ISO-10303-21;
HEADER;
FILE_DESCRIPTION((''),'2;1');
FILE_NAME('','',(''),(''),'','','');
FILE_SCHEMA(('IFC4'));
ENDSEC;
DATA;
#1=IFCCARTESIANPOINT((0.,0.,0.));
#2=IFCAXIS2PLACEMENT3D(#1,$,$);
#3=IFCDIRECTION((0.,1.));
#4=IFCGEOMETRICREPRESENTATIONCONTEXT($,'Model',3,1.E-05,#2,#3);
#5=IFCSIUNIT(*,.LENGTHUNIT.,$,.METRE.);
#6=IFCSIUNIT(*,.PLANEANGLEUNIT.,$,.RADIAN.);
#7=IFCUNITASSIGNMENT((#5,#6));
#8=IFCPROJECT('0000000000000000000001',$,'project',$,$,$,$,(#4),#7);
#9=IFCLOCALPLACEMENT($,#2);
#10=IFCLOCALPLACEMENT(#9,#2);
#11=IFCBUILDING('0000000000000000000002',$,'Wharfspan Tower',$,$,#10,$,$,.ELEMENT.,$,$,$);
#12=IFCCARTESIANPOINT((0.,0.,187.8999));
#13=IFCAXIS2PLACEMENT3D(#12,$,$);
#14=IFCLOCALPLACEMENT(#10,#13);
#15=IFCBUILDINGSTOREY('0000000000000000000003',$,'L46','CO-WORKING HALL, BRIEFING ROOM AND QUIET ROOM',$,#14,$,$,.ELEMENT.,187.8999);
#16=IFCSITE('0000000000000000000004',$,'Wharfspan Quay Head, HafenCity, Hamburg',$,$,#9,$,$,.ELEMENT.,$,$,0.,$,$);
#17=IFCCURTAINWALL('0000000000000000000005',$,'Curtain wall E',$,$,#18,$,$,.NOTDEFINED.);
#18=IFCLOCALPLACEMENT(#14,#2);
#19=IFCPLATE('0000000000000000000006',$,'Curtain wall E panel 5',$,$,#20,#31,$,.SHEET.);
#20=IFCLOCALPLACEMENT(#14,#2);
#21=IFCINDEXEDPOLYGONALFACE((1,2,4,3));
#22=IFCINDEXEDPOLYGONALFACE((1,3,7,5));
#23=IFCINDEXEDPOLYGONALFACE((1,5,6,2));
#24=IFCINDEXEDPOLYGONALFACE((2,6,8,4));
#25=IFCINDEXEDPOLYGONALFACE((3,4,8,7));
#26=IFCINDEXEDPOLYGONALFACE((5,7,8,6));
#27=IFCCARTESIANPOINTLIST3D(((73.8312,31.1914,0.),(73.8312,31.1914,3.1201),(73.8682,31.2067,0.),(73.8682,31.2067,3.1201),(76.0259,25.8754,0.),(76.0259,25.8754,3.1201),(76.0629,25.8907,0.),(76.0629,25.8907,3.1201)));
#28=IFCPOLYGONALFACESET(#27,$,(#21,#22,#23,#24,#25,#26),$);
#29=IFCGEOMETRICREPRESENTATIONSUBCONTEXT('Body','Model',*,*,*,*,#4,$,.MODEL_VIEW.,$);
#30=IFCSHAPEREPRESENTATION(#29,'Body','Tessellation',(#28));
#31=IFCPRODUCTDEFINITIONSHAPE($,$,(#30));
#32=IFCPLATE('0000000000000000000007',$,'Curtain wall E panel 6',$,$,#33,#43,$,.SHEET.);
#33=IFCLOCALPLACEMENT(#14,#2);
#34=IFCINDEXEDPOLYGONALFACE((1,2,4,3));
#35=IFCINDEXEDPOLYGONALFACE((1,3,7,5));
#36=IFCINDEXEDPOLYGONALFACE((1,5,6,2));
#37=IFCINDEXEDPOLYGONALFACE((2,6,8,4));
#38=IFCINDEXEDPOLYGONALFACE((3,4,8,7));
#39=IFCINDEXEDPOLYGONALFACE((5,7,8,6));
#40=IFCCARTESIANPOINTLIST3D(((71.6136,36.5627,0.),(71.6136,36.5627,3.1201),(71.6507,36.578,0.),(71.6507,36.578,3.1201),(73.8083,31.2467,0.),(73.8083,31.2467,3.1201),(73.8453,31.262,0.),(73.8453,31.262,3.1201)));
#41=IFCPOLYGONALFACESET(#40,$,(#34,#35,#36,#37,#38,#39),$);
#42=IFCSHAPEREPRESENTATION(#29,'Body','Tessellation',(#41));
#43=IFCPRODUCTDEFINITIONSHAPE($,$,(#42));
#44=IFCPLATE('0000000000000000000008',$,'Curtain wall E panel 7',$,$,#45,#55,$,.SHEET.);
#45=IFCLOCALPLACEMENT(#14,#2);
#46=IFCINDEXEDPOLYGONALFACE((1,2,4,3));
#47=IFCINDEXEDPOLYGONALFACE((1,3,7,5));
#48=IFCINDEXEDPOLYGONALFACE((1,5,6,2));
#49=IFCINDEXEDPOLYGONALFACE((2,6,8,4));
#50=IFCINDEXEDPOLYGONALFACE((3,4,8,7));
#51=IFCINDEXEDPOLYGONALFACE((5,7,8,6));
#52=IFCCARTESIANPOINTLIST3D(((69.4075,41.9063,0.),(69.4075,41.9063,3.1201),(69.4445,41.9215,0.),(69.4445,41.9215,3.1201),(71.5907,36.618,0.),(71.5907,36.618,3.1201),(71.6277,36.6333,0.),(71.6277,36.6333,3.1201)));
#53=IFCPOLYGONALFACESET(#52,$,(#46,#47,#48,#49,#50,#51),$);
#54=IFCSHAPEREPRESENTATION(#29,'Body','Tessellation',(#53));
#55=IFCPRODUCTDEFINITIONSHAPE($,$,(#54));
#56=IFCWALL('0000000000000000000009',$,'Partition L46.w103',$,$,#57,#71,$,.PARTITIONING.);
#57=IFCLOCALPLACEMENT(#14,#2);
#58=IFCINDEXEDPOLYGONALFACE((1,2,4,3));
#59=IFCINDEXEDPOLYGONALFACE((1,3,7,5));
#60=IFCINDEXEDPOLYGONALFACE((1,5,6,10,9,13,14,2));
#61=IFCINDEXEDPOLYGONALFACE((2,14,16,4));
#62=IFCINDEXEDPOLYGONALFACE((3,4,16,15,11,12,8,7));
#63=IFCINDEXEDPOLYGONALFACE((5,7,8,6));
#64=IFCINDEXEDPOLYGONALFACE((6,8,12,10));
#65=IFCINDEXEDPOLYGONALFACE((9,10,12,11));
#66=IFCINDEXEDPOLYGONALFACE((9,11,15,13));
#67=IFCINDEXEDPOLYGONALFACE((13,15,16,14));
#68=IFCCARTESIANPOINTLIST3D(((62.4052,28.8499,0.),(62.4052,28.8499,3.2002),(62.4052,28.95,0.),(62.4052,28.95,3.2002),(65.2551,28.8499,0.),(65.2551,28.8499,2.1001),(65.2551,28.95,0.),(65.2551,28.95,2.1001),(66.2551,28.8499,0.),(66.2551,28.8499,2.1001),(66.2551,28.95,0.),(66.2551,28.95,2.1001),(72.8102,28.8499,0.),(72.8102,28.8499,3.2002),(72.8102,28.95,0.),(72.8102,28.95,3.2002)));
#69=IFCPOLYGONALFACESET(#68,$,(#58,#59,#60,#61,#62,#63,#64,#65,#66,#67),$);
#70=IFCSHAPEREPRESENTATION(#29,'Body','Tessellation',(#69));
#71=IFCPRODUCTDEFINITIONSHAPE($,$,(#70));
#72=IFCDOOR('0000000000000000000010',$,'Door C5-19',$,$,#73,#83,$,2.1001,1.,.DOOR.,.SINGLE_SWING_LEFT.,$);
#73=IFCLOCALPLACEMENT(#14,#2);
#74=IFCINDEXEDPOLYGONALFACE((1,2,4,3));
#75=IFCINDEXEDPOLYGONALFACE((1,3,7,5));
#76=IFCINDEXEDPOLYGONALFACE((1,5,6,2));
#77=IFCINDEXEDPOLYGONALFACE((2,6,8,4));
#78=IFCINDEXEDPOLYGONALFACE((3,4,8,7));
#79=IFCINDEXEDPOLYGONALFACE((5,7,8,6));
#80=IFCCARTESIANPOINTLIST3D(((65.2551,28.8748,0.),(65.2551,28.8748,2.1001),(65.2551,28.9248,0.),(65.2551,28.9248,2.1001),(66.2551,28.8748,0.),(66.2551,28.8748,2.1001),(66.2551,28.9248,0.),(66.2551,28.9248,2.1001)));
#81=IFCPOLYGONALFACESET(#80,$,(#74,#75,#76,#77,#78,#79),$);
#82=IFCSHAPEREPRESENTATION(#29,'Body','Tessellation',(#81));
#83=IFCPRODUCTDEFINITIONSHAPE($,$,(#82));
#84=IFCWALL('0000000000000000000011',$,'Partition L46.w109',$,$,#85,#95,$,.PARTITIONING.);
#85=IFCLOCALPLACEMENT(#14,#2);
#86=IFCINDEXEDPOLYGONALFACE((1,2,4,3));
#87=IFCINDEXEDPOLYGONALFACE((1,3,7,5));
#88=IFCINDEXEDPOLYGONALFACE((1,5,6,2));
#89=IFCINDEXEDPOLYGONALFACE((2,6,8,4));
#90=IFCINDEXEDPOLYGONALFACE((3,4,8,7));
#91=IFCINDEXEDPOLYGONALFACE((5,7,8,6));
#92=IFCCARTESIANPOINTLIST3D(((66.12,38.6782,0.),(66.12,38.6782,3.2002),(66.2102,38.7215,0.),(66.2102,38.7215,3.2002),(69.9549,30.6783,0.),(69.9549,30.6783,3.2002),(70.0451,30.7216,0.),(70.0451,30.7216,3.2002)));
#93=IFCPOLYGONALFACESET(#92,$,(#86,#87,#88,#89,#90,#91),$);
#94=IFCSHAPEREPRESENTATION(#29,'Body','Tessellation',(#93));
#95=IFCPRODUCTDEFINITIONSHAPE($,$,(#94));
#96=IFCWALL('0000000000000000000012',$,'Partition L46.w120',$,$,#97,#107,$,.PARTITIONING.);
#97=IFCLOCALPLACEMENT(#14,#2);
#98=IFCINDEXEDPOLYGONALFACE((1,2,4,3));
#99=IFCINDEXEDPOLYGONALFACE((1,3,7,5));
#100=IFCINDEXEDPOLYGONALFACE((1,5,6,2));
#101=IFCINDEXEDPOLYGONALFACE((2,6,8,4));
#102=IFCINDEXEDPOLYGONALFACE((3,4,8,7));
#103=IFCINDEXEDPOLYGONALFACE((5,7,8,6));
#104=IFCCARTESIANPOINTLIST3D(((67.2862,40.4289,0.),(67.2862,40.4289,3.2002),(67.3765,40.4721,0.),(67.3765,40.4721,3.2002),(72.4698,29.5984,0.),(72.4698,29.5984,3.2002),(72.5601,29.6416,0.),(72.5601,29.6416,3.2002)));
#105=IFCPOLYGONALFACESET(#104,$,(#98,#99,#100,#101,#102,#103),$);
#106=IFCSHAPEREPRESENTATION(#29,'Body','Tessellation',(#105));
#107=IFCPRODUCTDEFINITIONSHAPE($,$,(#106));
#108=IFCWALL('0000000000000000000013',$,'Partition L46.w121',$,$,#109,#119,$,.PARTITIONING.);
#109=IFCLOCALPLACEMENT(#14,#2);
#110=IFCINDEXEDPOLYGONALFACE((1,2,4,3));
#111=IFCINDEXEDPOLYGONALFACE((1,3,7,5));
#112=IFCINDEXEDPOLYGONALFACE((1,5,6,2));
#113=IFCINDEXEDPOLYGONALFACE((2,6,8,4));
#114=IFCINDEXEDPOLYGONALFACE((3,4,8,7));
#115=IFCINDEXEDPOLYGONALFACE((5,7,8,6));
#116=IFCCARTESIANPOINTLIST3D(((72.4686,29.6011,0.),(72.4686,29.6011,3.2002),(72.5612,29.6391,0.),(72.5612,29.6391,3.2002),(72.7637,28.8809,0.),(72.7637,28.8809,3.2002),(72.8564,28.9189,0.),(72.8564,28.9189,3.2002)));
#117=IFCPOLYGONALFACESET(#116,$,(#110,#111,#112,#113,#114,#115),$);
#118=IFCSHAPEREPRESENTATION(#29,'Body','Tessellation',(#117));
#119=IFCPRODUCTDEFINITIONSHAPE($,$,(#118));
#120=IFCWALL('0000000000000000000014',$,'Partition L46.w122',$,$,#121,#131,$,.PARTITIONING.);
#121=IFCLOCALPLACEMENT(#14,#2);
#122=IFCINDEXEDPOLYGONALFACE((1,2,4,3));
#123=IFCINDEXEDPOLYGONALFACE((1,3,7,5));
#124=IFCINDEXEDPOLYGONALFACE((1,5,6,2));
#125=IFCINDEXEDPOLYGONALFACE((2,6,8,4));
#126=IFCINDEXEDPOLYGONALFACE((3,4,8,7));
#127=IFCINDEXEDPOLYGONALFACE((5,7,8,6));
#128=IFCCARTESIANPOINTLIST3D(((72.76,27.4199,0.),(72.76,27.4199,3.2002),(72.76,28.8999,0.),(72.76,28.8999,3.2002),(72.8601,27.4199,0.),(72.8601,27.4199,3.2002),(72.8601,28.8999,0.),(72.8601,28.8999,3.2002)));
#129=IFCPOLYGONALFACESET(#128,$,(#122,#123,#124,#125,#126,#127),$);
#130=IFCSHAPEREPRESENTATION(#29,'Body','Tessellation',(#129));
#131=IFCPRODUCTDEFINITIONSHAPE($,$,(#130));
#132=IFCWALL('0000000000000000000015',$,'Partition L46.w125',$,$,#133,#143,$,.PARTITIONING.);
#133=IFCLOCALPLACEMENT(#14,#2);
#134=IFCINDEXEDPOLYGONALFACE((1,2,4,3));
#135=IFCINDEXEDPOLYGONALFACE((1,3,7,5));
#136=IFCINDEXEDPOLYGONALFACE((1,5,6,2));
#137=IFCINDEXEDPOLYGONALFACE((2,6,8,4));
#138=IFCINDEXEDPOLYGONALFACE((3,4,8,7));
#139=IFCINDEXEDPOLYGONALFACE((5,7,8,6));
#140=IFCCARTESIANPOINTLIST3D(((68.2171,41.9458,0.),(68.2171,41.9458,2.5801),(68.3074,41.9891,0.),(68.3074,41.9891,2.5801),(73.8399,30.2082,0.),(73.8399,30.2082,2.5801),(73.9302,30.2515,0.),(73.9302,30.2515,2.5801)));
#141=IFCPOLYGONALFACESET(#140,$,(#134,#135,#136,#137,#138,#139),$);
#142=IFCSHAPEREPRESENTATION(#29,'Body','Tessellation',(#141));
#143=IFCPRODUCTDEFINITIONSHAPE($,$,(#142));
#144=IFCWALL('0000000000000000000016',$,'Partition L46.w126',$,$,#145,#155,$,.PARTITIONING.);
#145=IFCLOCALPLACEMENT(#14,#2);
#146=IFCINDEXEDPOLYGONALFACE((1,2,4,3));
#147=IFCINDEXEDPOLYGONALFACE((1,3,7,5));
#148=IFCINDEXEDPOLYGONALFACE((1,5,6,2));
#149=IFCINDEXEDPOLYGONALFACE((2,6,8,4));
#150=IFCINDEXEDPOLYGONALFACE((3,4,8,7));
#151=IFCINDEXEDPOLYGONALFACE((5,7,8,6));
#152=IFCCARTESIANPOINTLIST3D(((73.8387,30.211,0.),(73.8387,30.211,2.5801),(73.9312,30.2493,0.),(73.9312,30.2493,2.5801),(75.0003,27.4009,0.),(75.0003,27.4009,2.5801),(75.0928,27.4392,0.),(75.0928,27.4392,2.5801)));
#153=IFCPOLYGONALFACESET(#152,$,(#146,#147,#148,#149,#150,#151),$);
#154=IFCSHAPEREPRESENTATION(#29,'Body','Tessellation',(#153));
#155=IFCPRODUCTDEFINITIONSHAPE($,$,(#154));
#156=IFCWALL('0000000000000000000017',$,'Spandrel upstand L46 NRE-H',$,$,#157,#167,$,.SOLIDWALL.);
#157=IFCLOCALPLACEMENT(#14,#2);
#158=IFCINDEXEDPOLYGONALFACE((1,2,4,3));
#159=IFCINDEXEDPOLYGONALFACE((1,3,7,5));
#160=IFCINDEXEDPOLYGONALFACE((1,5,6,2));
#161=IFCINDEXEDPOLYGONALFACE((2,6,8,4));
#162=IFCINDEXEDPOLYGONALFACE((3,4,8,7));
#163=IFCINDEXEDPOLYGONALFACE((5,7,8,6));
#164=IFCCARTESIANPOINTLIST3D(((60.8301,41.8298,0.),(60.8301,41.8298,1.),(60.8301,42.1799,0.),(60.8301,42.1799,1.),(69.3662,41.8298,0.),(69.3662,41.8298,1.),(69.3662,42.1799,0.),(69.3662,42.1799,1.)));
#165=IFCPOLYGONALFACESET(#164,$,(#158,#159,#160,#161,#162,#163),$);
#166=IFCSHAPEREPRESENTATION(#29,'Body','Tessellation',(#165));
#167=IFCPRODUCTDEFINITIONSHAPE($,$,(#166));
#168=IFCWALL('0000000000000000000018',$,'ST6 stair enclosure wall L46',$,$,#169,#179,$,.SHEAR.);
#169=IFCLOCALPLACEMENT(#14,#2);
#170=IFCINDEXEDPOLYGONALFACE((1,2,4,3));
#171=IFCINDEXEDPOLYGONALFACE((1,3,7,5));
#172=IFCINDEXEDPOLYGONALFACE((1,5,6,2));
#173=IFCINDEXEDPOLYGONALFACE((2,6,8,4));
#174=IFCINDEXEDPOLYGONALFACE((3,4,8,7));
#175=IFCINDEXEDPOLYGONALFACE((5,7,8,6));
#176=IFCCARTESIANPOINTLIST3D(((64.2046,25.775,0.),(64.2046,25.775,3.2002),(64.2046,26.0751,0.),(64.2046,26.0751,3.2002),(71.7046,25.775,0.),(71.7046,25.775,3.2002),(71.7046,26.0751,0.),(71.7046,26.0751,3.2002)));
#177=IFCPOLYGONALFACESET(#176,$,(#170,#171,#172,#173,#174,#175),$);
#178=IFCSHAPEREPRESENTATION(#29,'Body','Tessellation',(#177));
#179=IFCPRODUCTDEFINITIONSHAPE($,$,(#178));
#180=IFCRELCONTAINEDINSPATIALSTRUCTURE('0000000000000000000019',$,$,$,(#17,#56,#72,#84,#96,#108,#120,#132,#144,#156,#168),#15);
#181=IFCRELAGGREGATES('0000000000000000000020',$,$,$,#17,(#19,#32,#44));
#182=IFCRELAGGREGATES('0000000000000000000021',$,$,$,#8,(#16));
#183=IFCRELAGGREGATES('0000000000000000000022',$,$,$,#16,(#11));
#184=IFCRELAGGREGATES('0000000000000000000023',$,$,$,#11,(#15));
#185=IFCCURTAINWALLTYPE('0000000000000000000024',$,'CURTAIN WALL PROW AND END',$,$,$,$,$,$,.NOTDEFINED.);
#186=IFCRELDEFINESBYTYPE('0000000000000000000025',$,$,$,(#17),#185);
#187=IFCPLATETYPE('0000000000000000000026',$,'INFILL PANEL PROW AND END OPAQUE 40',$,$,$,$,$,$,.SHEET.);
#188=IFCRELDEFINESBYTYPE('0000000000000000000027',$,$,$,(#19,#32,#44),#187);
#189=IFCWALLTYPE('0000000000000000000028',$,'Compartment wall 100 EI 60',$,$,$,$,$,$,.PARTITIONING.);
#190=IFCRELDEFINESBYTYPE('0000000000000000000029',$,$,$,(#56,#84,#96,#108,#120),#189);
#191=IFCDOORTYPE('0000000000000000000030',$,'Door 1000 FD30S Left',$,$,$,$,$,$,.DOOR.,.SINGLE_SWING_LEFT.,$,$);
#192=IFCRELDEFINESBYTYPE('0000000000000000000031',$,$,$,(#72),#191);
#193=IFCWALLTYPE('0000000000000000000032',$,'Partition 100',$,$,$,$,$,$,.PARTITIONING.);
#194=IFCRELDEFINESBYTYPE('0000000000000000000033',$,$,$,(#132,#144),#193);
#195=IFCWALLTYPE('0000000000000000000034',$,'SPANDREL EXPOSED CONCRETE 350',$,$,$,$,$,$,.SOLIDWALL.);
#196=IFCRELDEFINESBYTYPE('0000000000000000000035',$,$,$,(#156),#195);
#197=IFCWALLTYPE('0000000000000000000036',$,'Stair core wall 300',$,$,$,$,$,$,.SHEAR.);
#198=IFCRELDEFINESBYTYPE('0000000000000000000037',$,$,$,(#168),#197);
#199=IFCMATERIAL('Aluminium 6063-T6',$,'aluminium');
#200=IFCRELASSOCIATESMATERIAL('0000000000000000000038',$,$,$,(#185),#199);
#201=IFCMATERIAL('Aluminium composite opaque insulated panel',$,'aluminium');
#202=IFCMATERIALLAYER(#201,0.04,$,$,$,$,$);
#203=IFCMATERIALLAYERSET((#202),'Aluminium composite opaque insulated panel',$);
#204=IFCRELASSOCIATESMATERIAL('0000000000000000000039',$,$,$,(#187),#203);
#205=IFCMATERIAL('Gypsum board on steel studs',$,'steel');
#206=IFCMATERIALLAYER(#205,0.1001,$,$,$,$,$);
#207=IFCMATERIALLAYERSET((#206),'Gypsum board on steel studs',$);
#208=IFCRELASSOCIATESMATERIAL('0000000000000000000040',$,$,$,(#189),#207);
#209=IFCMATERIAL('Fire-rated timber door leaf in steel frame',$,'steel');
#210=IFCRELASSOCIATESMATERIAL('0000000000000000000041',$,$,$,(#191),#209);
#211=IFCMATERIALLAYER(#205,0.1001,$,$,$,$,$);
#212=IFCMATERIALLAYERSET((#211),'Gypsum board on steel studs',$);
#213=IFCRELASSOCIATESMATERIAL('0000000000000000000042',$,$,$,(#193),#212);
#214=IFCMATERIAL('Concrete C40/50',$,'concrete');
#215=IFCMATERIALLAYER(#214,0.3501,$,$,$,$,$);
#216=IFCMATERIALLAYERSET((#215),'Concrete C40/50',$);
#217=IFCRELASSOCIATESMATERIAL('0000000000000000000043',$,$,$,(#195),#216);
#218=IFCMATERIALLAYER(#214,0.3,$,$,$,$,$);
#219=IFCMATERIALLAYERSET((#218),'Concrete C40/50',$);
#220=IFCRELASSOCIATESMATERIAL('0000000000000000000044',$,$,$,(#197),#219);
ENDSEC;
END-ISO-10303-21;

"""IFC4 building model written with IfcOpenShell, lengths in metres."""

from ifc_helpers import new_model, si_unit, direction, frame, frame_2d, origin, origin_2d, place, context, subcontext, project, spatial, rectangle, extrude, material, layer, layer_set, type_object, element, fill, aggregate, save


model = new_model("IFC4")

# Units and contexts
model_context = context("Model", 3, precision=1e-05, world=origin(), true_north=direction((0.0, 1.0)))
body_context = subcontext(model_context, "Body", "Model", "MODEL_VIEW")
ifc_project = project(units=[si_unit("LENGTHUNIT", "METRE"), si_unit("PLANEANGLEUNIT", "RADIAN")], contexts=[model_context])

# Site, building, storey
site_placement = place(None, origin())
site = spatial("IfcSite", under=ifc_project, at=site_placement, Name="Wharfspan Quay Head, HafenCity, Hamburg", CompositionType="ELEMENT", RefElevation=0.0)
building_placement = place(site_placement, origin())
building = spatial("IfcBuilding", under=site, at=building_placement, Name="Wharfspan Tower", CompositionType="ELEMENT")
storey_placement = place(building_placement, frame((0.0, 0.0, 187.8999)))
storey = spatial("IfcBuildingStorey", under=building, at=storey_placement, Name="L46", Description="CO-WORKING HALL, BRIEFING ROOM AND QUIET ROOM", CompositionType="ELEMENT", Elevation=187.8999)

# Curtain wall
ifc_material_1 = material(Name="Aluminium 6063-T6", Category="aluminium")
curtain_wall_type = type_object("IfcCurtainWallType", Name="CURTAIN WALL PROW AND END", PredefinedType="NOTDEFINED", material=ifc_material_1)
curtain_wall_1_placement = place(storey_placement, origin())
curtain_wall_1 = element("IfcCurtainWall", 1, at=curtain_wall_1_placement, inside=storey, type_object=curtain_wall_type, Name="Curtain wall E", PredefinedType="NOTDEFINED")

# Plates
ifc_material_2 = material(Name="Aluminium composite opaque insulated panel", Category="aluminium")
ifc_layer_1 = layer(ifc_material_2, 0.04)
ifc_layer_set_1 = layer_set([ifc_layer_1], Name="Aluminium composite opaque insulated panel")
plate_type_1 = type_object("IfcPlateType", Name="INFILL PANEL PROW AND END OPAQUE 40", PredefinedType="SHEET", material=ifc_layer_set_1)
plate_1_placement = place(storey_placement, frame((74.947, 28.541, 0.0), z_axis=(0.0, 0.0, 1.0), x_axis=(-0.381602, 0.924325, 0.0)))
plate_1 = element("IfcPlate", 2, at=plate_1_placement, type_object=plate_type_1, Name="Curtain wall E panel 5", PredefinedType="SHEET", context=body_context, shape_type="SweptSolid", body=[
    extrude(rectangle(XDim=5.7512, YDim=0.04, at=origin_2d()), origin(), (0.0, 0.0, 1.0), 3.1201),
])
plate_2_placement = place(storey_placement, frame((72.7295, 33.9124, 0.0), z_axis=(0.0, 0.0, 1.0), x_axis=(-0.381602, 0.924325, 0.0)))
plate_2 = element("IfcPlate", 3, at=plate_2_placement, type_object=plate_type_1, Name="Curtain wall E panel 6", PredefinedType="SHEET", context=body_context, shape_type="SweptSolid", body=[
    extrude(rectangle(XDim=5.7512, YDim=0.04, at=origin_2d()), origin(), (0.0, 0.0, 1.0), 3.1201),
])
plate_3_placement = place(storey_placement, frame((70.5176, 39.2698, 0.0), z_axis=(0.0, 0.0, 1.0), x_axis=(-0.381602, 0.924325, 0.0)))
plate_3 = element("IfcPlate", 4, at=plate_3_placement, type_object=plate_type_1, Name="Curtain wall E panel 7", PredefinedType="SHEET", context=body_context, shape_type="SweptSolid", body=[
    extrude(rectangle(XDim=5.7212, YDim=0.04, at=origin_2d()), origin(), (0.0, 0.0, 1.0), 3.1201),
])
aggregate(curtain_wall_1, [plate_1, plate_2, plate_3])

# Wall, opening, door
ifc_material_3 = material(Name="Gypsum board on steel studs", Category="steel")
ifc_layer_2 = layer(ifc_material_3, 0.1001)
ifc_layer_set_2 = layer_set([ifc_layer_2], Name="Gypsum board on steel studs")
wall_type_1 = type_object("IfcWallType", Name="Compartment wall 100 EI 60", PredefinedType="PARTITIONING", material=ifc_layer_set_2)
wall_1_placement = place(storey_placement, frame((62.405, 28.8999, 0.0), z_axis=(0.0, 0.0, 1.0), x_axis=(1.0, 0.0, 0.0)))
wall_1 = element("IfcWall", 5, at=wall_1_placement, inside=storey, type_object=wall_type_1, Name="Partition L46.w103", PredefinedType="PARTITIONING", context=body_context, shape_type="SweptSolid", body=[
    extrude(rectangle(XDim=10.405, YDim=0.1001, at=frame_2d((5.2026, 0.0))), origin(), (0.0, 0.0, 1.0), 3.2002),
])
opening_placement = place(wall_1_placement, frame((2.8501, 0.0, 0.0)))
opening = element("IfcOpeningElement", 6, at=opening_placement, cuts=wall_1, PredefinedType="OPENING", context=body_context, shape_type="SweptSolid", body=[
    extrude(rectangle(XDim=1.0, YDim=2.1001, at=frame_2d((0.5, 1.05))), frame((0.0, 0.0601, 0.0), z_axis=(0.0, -1.0, 0.0), x_axis=(1.0, 0.0, 0.0)), (0.0, 0.0, 1.0), 0.1201),
])
ifc_material_4 = material(Name="Fire-rated timber door leaf in steel frame", Category="steel")
door_type = type_object("IfcDoorType", Name="Door 1000 FD30S Left", OperationType="SINGLE_SWING_LEFT", PredefinedType="DOOR", material=ifc_material_4)
door_placement = place(opening_placement, origin())
door = element("IfcDoor", 7, at=door_placement, inside=storey, type_object=door_type, Name="Door C5-19", OperationType="SINGLE_SWING_LEFT", OverallHeight=2.1001, OverallWidth=1.0, PredefinedType="DOOR", context=body_context, shape_type="SweptSolid", body=[
    extrude(rectangle(XDim=1.0, YDim=2.1001, at=frame_2d((0.5, 1.05))), frame((0.0, 0.0249, 0.0), z_axis=(0.0, -1.0, 0.0), x_axis=(1.0, 0.0, 0.0)), (0.0, 0.0, 1.0), 0.05),
])
fill(opening, door)

# Walls
wall_2_placement = place(storey_placement, frame((70.0, 30.7, 0.0), z_axis=(0.0, 0.0, 1.0), x_axis=(-0.432271, 0.901748, 0.0)))
element("IfcWall", 8, at=wall_2_placement, inside=storey, type_object=wall_type_1, Name="Partition L46.w109", PredefinedType="PARTITIONING", context=body_context, shape_type="SweptSolid", body=[
    extrude(rectangle(XDim=8.8716, YDim=0.1001, at=frame_2d((4.4358, 0.0))), origin(), (0.0, 0.0, 1.0), 3.2002),
])
wall_3_placement = place(storey_placement, frame((72.5149, 29.6201, 0.0), z_axis=(0.0, 0.0, 1.0), x_axis=(-0.43171, 0.902012, 0.0)))
element("IfcWall", 9, at=wall_3_placement, inside=storey, type_object=wall_type_1, Name="Partition L46.w120", PredefinedType="PARTITIONING", context=body_context, shape_type="SweptSolid", body=[
    extrude(rectangle(XDim=12.0071, YDim=0.1001, at=frame_2d((6.0034, 0.0))), origin(), (0.0, 0.0, 1.0), 3.2002),
])
wall_4_placement = place(storey_placement, frame((72.8101, 28.8999, 0.0), z_axis=(0.0, 0.0, 1.0), x_axis=(-0.379219, 0.925307, 0.0)))
element("IfcWall", 10, at=wall_4_placement, inside=storey, type_object=wall_type_1, Name="Partition L46.w121", PredefinedType="PARTITIONING", context=body_context, shape_type="SweptSolid", body=[
    extrude(rectangle(XDim=0.7783, YDim=0.1001, at=frame_2d((0.3892, 0.0))), origin(), (0.0, 0.0, 1.0), 3.2002),
])
wall_5_placement = place(storey_placement, frame((72.8101, 27.4199, 0.0), z_axis=(0.0, 0.0, 1.0), x_axis=(0.0, 1.0, 0.0)))
element("IfcWall", 11, at=wall_5_placement, inside=storey, type_object=wall_type_1, Name="Partition L46.w122", PredefinedType="PARTITIONING", context=body_context, shape_type="SweptSolid", body=[
    extrude(rectangle(XDim=1.48, YDim=0.1001, at=frame_2d((0.74, 0.0))), origin(), (0.0, 0.0, 1.0), 3.2002),
])
ifc_layer_3 = layer(ifc_material_3, 0.1001)
ifc_layer_set_3 = layer_set([ifc_layer_3], Name="Gypsum board on steel studs")
wall_type_2 = type_object("IfcWallType", Name="Partition 100", PredefinedType="PARTITIONING", material=ifc_layer_set_3)
wall_6_placement = place(storey_placement, frame((73.885, 30.23, 0.0), z_axis=(0.0, 0.0, 1.0), x_axis=(-0.432032, 0.901863, 0.0)))
element("IfcWall", 12, at=wall_6_placement, inside=storey, type_object=wall_type_2, Name="Partition L46.w125", PredefinedType="PARTITIONING", context=body_context, shape_type="SweptSolid", body=[
    extrude(rectangle(XDim=13.0149, YDim=0.1001, at=frame_2d((6.5073, 0.0))), origin(), (0.0, 0.0, 1.0), 2.5801),
])
wall_7_placement = place(storey_placement, frame((75.0466, 27.4199, 0.0), z_axis=(0.0, 0.0, 1.0), x_axis=(-0.382024, 0.924148, 0.0)))
element("IfcWall", 13, at=wall_7_placement, inside=storey, type_object=wall_type_2, Name="Partition L46.w126", PredefinedType="PARTITIONING", context=body_context, shape_type="SweptSolid", body=[
    extrude(rectangle(XDim=3.0408, YDim=0.1001, at=frame_2d((1.5205, 0.0))), origin(), (0.0, 0.0, 1.0), 2.5801),
])
ifc_material_5 = material(Name="Concrete C40/50", Category="concrete")
ifc_layer_4 = layer(ifc_material_5, 0.3501)
ifc_layer_set_4 = layer_set([ifc_layer_4], Name="Concrete C40/50")
wall_type_3 = type_object("IfcWallType", Name="SPANDREL EXPOSED CONCRETE 350", PredefinedType="SOLIDWALL", material=ifc_layer_set_4)
wall_8_placement = place(storey_placement, frame((69.3662, 42.0049, 0.0), z_axis=(0.0, 0.0, 1.0), x_axis=(-1.0, 0.0, 0.0)))
element("IfcWall", 14, at=wall_8_placement, inside=storey, type_object=wall_type_3, Name="Spandrel upstand L46 NRE-H", PredefinedType="SOLIDWALL", context=body_context, shape_type="SweptSolid", body=[
    extrude(rectangle(XDim=8.5361, YDim=0.3501, at=frame_2d((4.2681, 0.0))), origin(), (0.0, 0.0, 1.0), 1.0),
])
ifc_layer_5 = layer(ifc_material_5, 0.3)
ifc_layer_set_5 = layer_set([ifc_layer_5], Name="Concrete C40/50")
wall_type_4 = type_object("IfcWallType", Name="Stair core wall 300", PredefinedType="SHEAR", material=ifc_layer_set_5)
wall_9_placement = place(storey_placement, frame((64.2046, 25.925, 0.0), z_axis=(0.0, 0.0, 1.0), x_axis=(1.0, 0.0, 0.0)))
element("IfcWall", 15, at=wall_9_placement, inside=storey, type_object=wall_type_4, Name="ST6 stair enclosure wall L46", PredefinedType="SHEAR", context=body_context, shape_type="SweptSolid", body=[
    extrude(rectangle(XDim=7.5, YDim=0.3, at=frame_2d((3.75, 0.0))), origin(), (0.0, 0.0, 1.0), 3.2002),
])

save(model, "model.ifc")
